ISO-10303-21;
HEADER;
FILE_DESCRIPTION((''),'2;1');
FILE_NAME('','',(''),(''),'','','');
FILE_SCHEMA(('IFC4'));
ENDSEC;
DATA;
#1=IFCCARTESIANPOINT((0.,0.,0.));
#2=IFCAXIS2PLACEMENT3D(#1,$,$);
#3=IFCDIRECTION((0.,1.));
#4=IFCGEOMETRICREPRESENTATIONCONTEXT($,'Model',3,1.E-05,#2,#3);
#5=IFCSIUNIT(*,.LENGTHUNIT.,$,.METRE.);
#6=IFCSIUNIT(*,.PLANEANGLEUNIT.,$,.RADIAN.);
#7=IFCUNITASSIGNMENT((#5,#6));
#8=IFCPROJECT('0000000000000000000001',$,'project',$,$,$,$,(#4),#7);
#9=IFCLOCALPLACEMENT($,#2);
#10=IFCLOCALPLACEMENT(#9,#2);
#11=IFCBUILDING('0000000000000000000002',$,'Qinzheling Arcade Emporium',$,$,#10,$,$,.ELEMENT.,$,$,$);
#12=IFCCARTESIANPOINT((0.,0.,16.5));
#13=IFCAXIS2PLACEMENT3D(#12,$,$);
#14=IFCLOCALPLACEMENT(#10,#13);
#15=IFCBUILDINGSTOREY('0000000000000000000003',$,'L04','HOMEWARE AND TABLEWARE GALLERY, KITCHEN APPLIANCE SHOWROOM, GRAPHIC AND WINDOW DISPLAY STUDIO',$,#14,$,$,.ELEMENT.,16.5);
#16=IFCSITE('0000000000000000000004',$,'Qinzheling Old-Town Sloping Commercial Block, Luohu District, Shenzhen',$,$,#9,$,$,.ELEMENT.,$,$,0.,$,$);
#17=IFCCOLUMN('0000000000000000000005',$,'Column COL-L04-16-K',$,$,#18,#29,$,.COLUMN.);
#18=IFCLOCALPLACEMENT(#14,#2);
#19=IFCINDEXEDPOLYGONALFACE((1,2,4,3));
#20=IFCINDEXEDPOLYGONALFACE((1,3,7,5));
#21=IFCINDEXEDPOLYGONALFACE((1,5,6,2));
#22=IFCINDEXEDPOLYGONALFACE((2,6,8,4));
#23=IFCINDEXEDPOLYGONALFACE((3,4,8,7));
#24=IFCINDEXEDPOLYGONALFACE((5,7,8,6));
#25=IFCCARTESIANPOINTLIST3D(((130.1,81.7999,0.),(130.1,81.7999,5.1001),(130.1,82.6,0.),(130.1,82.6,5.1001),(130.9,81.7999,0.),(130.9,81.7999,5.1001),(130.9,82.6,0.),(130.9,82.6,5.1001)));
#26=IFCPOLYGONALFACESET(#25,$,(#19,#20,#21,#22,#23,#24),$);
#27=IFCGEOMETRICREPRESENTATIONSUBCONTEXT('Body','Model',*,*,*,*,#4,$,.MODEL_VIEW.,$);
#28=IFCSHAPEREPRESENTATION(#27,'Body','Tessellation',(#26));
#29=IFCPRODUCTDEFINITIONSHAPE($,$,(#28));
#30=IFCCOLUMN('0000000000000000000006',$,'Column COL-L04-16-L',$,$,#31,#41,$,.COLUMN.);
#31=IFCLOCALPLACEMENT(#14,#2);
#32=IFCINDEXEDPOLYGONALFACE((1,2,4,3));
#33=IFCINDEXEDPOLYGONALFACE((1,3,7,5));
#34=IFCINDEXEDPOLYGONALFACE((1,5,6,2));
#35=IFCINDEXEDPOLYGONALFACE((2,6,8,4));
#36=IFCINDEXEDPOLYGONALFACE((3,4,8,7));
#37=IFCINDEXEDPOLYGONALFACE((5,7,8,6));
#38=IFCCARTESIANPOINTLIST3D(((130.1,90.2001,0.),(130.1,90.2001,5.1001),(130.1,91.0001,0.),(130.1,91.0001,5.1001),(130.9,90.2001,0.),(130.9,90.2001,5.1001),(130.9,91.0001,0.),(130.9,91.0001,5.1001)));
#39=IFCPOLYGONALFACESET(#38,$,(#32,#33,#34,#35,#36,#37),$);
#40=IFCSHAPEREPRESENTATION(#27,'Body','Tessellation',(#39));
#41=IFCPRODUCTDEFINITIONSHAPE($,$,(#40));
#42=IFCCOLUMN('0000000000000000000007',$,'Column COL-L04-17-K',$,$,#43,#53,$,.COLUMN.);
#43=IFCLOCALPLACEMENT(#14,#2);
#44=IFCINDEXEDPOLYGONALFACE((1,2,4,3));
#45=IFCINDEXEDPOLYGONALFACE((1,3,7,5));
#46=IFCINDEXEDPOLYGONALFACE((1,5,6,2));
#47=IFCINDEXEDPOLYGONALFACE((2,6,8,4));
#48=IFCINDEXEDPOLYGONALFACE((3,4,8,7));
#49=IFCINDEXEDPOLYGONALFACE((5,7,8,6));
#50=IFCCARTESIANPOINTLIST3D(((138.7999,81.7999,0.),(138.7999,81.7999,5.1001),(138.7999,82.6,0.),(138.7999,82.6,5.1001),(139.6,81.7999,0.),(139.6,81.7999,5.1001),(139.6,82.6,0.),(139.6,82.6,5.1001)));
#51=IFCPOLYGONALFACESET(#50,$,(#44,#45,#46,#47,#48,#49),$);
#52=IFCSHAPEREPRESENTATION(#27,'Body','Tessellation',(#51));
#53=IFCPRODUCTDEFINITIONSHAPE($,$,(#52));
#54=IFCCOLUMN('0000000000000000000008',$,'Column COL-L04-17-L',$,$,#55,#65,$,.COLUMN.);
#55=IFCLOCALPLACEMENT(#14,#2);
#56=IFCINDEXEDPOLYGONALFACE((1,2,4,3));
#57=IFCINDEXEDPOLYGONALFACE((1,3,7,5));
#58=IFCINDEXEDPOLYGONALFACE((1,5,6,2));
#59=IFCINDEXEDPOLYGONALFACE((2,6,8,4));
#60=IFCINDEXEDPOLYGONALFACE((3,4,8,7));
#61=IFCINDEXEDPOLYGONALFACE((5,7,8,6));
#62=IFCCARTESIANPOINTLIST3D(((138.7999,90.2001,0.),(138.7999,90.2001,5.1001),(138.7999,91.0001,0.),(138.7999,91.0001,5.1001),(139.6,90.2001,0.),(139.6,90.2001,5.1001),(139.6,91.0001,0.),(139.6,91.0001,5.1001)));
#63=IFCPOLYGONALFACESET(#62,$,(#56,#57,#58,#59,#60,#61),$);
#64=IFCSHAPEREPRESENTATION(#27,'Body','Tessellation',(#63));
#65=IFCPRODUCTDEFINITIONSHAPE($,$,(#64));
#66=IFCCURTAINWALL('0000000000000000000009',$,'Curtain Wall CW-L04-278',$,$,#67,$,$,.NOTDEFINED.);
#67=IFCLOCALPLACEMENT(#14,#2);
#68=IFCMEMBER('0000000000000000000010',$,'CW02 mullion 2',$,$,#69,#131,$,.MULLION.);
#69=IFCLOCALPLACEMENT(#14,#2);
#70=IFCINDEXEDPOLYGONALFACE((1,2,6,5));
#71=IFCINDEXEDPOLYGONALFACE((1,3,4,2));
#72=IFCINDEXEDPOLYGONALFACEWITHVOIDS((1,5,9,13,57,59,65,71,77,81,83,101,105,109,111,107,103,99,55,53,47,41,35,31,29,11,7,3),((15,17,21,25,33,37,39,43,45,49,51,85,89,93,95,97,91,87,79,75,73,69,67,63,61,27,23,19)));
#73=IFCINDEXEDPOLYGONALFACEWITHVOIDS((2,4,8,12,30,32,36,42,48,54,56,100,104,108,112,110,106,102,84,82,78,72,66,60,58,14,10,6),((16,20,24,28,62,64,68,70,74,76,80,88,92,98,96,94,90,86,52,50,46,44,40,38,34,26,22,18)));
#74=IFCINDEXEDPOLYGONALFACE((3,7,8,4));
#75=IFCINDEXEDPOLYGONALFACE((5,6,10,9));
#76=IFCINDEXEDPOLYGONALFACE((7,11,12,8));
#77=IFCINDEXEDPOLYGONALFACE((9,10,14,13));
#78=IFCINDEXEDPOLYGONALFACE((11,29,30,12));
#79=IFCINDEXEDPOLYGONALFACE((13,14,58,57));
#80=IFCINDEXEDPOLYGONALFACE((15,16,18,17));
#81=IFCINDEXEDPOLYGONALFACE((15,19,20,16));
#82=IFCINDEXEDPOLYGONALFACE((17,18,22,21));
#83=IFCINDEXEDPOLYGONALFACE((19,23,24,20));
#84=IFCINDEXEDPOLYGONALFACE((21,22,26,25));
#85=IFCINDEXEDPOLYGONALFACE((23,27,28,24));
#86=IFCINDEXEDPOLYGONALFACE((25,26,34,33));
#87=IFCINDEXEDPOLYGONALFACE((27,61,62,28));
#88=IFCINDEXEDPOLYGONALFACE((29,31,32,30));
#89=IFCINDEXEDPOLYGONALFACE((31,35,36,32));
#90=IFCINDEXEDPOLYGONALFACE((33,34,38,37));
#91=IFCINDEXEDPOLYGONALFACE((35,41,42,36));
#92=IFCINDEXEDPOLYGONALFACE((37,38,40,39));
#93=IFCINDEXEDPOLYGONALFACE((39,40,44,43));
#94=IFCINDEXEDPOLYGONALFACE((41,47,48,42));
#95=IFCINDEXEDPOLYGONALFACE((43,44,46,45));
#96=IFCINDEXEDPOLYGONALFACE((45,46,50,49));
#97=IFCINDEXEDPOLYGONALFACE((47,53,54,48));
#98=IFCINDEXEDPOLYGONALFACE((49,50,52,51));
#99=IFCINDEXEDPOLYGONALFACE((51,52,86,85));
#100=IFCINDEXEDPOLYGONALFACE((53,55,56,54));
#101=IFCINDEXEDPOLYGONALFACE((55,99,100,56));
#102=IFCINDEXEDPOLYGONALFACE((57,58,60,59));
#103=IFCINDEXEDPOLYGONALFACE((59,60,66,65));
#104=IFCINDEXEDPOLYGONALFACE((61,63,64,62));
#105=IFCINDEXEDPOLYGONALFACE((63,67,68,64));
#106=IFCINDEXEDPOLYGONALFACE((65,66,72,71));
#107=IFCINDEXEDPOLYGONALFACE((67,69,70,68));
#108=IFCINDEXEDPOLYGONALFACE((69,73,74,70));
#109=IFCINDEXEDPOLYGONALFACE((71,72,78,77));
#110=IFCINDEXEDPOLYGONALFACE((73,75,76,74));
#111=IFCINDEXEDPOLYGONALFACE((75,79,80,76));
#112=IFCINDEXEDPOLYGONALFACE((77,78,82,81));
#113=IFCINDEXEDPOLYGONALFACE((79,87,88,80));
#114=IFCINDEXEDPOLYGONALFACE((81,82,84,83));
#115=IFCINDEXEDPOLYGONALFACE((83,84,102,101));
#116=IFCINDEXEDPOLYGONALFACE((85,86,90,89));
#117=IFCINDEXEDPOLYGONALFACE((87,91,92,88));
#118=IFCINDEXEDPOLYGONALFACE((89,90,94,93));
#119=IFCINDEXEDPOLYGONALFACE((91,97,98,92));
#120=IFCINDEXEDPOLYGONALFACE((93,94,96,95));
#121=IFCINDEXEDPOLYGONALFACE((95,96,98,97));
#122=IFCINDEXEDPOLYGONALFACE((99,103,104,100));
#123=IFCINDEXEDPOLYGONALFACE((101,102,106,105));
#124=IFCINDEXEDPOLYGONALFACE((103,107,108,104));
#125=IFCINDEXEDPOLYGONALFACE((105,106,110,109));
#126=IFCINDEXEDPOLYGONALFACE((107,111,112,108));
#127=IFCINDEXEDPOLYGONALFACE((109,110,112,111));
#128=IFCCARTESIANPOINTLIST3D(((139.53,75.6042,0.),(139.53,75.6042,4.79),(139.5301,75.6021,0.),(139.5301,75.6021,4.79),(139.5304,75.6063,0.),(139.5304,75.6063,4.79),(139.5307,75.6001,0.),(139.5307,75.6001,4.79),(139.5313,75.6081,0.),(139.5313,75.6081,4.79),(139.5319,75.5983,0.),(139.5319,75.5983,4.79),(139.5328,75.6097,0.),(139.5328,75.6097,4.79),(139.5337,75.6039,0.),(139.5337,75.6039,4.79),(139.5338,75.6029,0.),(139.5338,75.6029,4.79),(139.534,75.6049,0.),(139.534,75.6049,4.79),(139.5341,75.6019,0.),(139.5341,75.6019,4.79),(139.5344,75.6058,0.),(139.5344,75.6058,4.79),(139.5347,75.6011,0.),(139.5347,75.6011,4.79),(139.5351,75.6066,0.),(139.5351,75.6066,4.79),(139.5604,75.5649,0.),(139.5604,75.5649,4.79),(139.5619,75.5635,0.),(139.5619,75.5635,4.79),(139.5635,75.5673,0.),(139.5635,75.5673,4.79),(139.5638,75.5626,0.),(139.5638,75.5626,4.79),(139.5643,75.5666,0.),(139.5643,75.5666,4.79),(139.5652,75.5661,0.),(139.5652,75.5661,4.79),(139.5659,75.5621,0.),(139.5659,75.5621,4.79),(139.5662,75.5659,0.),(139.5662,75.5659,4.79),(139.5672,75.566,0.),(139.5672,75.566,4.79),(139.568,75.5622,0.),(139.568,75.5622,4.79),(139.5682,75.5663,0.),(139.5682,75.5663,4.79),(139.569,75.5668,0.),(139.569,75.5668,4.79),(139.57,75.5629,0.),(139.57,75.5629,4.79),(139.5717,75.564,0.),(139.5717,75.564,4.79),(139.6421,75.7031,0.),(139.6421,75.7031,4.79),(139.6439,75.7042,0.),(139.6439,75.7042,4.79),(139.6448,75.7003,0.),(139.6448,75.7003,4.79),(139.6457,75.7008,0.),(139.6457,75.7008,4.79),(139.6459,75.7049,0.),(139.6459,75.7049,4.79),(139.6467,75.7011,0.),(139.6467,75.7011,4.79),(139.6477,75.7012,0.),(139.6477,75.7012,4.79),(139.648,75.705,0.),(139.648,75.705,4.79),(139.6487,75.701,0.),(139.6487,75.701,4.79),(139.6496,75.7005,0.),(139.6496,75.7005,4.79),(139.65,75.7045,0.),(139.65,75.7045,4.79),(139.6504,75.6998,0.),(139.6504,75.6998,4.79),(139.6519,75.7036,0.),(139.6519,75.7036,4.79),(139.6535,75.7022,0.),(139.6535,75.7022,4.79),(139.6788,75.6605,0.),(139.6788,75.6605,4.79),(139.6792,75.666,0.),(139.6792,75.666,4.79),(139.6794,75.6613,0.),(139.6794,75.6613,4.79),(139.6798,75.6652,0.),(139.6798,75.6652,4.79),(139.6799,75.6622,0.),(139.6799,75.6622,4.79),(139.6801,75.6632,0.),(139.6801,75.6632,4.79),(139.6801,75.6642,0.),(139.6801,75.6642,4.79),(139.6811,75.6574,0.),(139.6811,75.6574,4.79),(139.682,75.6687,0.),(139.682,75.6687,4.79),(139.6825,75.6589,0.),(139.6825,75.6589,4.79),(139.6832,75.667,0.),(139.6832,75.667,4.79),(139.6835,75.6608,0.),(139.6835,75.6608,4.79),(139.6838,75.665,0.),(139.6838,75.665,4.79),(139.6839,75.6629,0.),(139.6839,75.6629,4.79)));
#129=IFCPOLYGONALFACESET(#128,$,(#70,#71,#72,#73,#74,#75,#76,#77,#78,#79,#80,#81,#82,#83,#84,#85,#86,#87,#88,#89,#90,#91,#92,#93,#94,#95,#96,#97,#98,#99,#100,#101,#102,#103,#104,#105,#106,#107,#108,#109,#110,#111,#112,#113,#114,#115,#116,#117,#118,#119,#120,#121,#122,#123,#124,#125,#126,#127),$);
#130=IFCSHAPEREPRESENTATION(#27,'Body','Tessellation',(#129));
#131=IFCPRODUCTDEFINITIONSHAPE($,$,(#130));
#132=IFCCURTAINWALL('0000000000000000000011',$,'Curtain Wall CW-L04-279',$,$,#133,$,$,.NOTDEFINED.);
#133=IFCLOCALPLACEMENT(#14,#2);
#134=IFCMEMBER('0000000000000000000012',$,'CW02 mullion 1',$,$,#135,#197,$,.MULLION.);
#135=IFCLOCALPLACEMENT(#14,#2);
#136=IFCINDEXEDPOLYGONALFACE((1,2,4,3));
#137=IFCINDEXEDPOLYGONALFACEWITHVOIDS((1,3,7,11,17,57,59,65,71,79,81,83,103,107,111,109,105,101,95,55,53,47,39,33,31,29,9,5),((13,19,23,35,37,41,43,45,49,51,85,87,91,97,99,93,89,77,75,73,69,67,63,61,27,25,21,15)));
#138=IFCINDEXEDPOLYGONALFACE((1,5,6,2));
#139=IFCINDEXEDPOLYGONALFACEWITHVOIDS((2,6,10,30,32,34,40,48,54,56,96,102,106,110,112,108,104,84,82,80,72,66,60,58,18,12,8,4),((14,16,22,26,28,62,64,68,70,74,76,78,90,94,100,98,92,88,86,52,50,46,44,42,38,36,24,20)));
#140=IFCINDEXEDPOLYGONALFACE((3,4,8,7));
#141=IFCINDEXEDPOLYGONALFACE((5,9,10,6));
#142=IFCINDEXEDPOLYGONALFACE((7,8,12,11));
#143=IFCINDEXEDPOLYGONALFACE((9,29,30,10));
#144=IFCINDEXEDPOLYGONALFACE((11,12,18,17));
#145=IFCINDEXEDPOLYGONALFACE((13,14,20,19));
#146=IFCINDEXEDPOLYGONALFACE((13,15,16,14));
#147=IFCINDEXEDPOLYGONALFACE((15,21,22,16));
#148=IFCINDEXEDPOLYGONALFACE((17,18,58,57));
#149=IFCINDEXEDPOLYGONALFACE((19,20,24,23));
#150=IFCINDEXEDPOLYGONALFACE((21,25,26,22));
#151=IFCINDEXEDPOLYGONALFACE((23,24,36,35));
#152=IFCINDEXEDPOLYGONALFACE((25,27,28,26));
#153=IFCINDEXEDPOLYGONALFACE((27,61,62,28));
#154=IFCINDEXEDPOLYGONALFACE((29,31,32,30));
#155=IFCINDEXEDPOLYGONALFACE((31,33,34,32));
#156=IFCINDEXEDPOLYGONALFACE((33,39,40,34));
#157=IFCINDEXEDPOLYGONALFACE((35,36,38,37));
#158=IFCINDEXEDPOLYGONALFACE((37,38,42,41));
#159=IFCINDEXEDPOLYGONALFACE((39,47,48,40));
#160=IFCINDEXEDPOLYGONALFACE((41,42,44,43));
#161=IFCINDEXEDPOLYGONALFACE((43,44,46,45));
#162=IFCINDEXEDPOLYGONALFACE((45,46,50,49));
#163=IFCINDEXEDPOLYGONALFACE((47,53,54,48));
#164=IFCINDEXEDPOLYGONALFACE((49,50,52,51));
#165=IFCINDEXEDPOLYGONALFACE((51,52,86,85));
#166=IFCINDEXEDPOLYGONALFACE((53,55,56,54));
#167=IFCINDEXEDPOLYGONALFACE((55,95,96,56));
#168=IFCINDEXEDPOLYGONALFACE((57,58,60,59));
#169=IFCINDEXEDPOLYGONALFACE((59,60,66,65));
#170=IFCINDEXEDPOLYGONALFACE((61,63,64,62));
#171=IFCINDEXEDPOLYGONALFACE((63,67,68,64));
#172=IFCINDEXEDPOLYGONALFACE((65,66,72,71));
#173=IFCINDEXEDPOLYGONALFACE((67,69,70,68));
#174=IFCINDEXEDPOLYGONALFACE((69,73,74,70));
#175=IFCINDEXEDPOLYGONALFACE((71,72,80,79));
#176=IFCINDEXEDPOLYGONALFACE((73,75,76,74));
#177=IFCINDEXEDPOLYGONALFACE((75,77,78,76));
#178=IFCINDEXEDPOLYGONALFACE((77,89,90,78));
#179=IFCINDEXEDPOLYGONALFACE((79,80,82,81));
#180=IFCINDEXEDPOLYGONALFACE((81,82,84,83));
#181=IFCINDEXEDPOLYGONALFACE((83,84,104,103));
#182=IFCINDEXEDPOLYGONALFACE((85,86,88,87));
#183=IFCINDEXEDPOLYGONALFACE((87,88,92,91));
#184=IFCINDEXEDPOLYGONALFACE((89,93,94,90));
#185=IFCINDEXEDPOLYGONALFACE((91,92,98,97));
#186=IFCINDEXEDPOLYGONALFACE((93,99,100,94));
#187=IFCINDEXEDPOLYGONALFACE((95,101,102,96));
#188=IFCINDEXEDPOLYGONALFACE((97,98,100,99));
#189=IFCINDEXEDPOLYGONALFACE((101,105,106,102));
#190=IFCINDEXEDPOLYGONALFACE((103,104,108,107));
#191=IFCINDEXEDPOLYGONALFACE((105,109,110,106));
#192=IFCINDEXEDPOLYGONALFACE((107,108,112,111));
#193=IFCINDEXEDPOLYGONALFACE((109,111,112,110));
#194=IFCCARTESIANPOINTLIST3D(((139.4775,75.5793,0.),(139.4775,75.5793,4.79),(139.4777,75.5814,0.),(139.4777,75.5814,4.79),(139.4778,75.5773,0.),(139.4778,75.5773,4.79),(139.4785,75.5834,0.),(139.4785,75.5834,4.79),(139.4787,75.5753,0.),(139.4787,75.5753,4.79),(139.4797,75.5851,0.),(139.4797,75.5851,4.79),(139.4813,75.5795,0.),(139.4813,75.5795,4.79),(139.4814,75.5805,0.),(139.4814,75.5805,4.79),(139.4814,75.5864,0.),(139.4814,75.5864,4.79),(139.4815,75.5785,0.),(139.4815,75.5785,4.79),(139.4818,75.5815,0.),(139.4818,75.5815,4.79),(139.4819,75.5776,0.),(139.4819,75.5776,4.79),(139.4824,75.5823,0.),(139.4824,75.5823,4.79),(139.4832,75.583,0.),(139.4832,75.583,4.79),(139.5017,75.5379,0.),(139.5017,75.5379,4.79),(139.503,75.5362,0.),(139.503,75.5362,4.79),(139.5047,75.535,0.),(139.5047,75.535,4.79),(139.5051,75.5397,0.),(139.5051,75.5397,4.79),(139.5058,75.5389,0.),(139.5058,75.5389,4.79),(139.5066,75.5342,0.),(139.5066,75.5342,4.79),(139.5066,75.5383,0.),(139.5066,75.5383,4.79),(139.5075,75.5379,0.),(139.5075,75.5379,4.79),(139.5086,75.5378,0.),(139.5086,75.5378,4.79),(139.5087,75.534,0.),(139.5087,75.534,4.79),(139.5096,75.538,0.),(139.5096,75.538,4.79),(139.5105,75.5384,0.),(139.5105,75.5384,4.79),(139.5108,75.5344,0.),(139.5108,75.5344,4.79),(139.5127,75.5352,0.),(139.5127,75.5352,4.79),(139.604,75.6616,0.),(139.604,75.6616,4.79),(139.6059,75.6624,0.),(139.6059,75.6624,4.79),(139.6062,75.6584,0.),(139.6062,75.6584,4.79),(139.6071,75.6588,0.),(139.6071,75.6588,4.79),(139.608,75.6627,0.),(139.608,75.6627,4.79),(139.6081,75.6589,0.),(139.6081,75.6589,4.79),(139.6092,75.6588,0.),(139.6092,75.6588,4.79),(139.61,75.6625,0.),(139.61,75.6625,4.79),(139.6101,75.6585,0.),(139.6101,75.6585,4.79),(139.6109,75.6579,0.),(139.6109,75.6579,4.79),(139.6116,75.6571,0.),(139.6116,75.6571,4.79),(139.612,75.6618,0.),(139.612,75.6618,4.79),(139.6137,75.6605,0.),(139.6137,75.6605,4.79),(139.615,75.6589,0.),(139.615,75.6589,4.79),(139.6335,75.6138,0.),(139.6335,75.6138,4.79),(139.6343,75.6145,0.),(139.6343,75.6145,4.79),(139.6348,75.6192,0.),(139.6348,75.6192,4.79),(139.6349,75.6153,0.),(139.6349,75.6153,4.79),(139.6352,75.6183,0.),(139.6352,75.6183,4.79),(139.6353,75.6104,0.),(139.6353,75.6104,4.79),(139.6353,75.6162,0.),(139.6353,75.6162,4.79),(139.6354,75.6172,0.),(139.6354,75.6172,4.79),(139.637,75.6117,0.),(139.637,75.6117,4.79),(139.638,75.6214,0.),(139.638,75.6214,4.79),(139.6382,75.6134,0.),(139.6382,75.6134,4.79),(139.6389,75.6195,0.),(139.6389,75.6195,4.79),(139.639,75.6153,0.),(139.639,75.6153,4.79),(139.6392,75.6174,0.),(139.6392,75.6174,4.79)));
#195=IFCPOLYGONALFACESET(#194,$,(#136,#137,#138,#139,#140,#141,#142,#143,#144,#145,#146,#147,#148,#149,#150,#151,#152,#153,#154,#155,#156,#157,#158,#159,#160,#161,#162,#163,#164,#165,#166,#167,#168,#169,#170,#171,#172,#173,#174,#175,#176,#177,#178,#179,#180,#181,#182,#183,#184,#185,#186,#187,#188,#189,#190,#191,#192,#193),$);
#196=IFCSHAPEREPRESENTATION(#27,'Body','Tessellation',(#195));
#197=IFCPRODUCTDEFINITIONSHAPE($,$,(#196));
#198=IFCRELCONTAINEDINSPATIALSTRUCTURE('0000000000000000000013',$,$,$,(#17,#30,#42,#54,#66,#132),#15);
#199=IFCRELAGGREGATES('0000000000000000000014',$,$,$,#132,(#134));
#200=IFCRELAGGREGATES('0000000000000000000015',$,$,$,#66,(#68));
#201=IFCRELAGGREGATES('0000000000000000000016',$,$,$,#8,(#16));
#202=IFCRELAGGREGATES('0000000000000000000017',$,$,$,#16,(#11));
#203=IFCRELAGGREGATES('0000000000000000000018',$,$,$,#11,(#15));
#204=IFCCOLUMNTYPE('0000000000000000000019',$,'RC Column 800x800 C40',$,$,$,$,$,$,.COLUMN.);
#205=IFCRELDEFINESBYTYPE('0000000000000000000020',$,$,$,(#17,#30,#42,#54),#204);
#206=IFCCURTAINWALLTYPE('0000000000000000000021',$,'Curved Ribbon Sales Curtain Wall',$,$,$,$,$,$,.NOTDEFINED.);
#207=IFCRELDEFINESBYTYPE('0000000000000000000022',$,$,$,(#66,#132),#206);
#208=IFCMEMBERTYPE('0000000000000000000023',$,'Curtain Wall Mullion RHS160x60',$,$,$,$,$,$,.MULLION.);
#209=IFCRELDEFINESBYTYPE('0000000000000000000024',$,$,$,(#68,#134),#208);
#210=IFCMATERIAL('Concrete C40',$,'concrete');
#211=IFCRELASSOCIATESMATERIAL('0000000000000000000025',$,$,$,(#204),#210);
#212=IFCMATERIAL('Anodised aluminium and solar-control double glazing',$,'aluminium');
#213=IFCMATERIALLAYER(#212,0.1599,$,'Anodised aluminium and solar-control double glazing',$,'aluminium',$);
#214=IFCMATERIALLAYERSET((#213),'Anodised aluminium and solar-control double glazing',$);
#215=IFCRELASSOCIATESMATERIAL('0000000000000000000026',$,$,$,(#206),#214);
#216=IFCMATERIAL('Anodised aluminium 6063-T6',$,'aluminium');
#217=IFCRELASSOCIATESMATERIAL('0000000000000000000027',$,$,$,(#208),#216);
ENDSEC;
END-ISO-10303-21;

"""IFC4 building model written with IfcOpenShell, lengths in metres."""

from ifc_helpers import new_model, si_unit, direction, frame, origin, origin_2d, place, context, subcontext, project, spatial, rectangle, hollow_rectangle, extrude, material, layer, layer_set, material_profile, profile_set, type_object, element, aggregate, save


model = new_model("IFC4")

# Units and contexts
model_context = context("Model", 3, precision=1e-05, world=origin(), true_north=direction((0.0, 1.0)))
body_context = subcontext(model_context, "Body", "Model", "MODEL_VIEW")
ifc_project = project(units=[si_unit("LENGTHUNIT", "METRE"), si_unit("PLANEANGLEUNIT", "RADIAN")], contexts=[model_context])

# Site, building, storey
site_placement = place(None, origin())
site = spatial("IfcSite", under=ifc_project, at=site_placement, Name="Qinzheling Old-Town Sloping Commercial Block, Luohu District, Shenzhen", CompositionType="ELEMENT", RefElevation=0.0)
building_placement = place(site_placement, origin())
building = spatial("IfcBuilding", under=site, at=building_placement, Name="Qinzheling Arcade Emporium", CompositionType="ELEMENT")
storey_placement = place(building_placement, frame((0.0, 0.0, 16.5)))
storey = spatial("IfcBuildingStorey", under=building, at=storey_placement, Name="L04", Description="HOMEWARE AND TABLEWARE GALLERY, KITCHEN APPLIANCE SHOWROOM, GRAPHIC AND WINDOW DISPLAY STUDIO", CompositionType="ELEMENT", Elevation=16.5)

# Columns
ifc_material_1 = material(Name="Concrete C40", Category="concrete")
ifc_material_profile_1 = material_profile(ifc_material_1, rectangle(XDim=0.8, YDim=0.8, at=origin_2d()), Name="RC 800x800", Category="concrete")
ifc_profile_set_1 = profile_set([ifc_material_profile_1], Name="Concrete C40")
column_type = type_object("IfcColumnType", Name="RC Column 800x800 C40", PredefinedType="COLUMN", material=ifc_profile_set_1)
for number, where, z_axis, x_axis, name in (
    (1, (130.5, 82.2, 0.0), (0.0, 0.0, 1.0), (1.0, 0.0, 0.0), "Column COL-L04-16-K"),
    (2, (130.5, 90.6001, 0.0), (0.0, 0.0, 1.0), (1.0, 0.0, 0.0), "Column COL-L04-16-L"),
    (3, (139.2, 82.2, 0.0), (0.0, 0.0, 1.0), (1.0, 0.0, 0.0), "Column COL-L04-17-K"),
    (4, (139.2, 90.6001, 0.0), (0.0, 0.0, 1.0), (1.0, 0.0, 0.0), "Column COL-L04-17-L"),
):
    element("IfcColumn", number, at=place(storey_placement, frame(where, z_axis=z_axis, x_axis=x_axis)), inside=storey, type_object=column_type, Name=name, PredefinedType="COLUMN", context=body_context, shape_type="SweptSolid", body=[
        extrude(rectangle(XDim=0.8, YDim=0.8, at=origin_2d()), origin(), (0.0, 0.0, 1.0), 5.1001),
    ])

# Curtain walls, members
ifc_material_2 = material(Name="Anodised aluminium and solar-control double glazing", Category="aluminium")
ifc_layer_1 = layer(ifc_material_2, 0.1599, Name="Anodised aluminium and solar-control double glazing", Category="aluminium")
ifc_layer_set_1 = layer_set([ifc_layer_1], Name="Anodised aluminium and solar-control double glazing")
curtain_wall_type = type_object("IfcCurtainWallType", Name="Curved Ribbon Sales Curtain Wall", PredefinedType="NOTDEFINED", material=ifc_layer_set_1)
curtain_wall_1_placement = place(storey_placement, origin())
curtain_wall_1 = element("IfcCurtainWall", 5, at=curtain_wall_1_placement, inside=storey, type_object=curtain_wall_type, Name="Curtain Wall CW-L04-278", PredefinedType="NOTDEFINED")
ifc_material_3 = material(Name="Anodised aluminium 6063-T6", Category="aluminium")
ifc_material_profile_2 = material_profile(ifc_material_3, hollow_rectangle(XDim=0.0601, YDim=0.1599, WallThickness=0.0039, InnerFilletRadius=0.0039, OuterFilletRadius=0.0081, at=origin_2d()), Name="RHS 160x60x4", Category="aluminium")
ifc_profile_set_2 = profile_set([ifc_material_profile_2], Name="Anodised aluminium 6063-T6")
member_type_1 = type_object("IfcMemberType", Name="Curtain Wall Mullion RHS160x60", PredefinedType="MULLION", material=ifc_profile_set_2)
member_1_placement = place(storey_placement, frame((139.6069, 75.6335, 0.0), z_axis=(0.0, 0.0, 1.0), x_axis=(0.649243, -0.760581, 0.0)))
member_1 = element("IfcMember", 6, at=member_1_placement, type_object=member_type_1, Name="CW02 mullion 2", PredefinedType="MULLION", context=body_context, shape_type="SweptSolid", body=[
    extrude(hollow_rectangle(XDim=0.0601, YDim=0.1599, WallThickness=0.0039, InnerFilletRadius=0.0039, OuterFilletRadius=0.0081, at=origin_2d()), origin(), (0.0, 0.0, 1.0), 4.79),
])
curtain_wall_2_placement = place(storey_placement, origin())
curtain_wall_2 = element("IfcCurtainWall", 7, at=curtain_wall_2_placement, inside=storey, type_object=curtain_wall_type, Name="Curtain Wall CW-L04-279", PredefinedType="NOTDEFINED")
member_2_placement = place(storey_placement, frame((139.5583, 75.5984, 0.0), z_axis=(0.0, 0.0, 1.0), x_axis=(0.522562, -0.852601, 0.0)))
member_2 = element("IfcMember", 8, at=member_2_placement, type_object=member_type_1, Name="CW02 mullion 1", PredefinedType="MULLION", context=body_context, shape_type="SweptSolid", body=[
    extrude(hollow_rectangle(XDim=0.0601, YDim=0.1599, WallThickness=0.0039, InnerFilletRadius=0.0039, OuterFilletRadius=0.0081, at=origin_2d()), origin(), (0.0, 0.0, 1.0), 4.79),
])
aggregate(curtain_wall_2, [member_2])

aggregate(curtain_wall_1, [member_1])

save(model, "model.ifc")
